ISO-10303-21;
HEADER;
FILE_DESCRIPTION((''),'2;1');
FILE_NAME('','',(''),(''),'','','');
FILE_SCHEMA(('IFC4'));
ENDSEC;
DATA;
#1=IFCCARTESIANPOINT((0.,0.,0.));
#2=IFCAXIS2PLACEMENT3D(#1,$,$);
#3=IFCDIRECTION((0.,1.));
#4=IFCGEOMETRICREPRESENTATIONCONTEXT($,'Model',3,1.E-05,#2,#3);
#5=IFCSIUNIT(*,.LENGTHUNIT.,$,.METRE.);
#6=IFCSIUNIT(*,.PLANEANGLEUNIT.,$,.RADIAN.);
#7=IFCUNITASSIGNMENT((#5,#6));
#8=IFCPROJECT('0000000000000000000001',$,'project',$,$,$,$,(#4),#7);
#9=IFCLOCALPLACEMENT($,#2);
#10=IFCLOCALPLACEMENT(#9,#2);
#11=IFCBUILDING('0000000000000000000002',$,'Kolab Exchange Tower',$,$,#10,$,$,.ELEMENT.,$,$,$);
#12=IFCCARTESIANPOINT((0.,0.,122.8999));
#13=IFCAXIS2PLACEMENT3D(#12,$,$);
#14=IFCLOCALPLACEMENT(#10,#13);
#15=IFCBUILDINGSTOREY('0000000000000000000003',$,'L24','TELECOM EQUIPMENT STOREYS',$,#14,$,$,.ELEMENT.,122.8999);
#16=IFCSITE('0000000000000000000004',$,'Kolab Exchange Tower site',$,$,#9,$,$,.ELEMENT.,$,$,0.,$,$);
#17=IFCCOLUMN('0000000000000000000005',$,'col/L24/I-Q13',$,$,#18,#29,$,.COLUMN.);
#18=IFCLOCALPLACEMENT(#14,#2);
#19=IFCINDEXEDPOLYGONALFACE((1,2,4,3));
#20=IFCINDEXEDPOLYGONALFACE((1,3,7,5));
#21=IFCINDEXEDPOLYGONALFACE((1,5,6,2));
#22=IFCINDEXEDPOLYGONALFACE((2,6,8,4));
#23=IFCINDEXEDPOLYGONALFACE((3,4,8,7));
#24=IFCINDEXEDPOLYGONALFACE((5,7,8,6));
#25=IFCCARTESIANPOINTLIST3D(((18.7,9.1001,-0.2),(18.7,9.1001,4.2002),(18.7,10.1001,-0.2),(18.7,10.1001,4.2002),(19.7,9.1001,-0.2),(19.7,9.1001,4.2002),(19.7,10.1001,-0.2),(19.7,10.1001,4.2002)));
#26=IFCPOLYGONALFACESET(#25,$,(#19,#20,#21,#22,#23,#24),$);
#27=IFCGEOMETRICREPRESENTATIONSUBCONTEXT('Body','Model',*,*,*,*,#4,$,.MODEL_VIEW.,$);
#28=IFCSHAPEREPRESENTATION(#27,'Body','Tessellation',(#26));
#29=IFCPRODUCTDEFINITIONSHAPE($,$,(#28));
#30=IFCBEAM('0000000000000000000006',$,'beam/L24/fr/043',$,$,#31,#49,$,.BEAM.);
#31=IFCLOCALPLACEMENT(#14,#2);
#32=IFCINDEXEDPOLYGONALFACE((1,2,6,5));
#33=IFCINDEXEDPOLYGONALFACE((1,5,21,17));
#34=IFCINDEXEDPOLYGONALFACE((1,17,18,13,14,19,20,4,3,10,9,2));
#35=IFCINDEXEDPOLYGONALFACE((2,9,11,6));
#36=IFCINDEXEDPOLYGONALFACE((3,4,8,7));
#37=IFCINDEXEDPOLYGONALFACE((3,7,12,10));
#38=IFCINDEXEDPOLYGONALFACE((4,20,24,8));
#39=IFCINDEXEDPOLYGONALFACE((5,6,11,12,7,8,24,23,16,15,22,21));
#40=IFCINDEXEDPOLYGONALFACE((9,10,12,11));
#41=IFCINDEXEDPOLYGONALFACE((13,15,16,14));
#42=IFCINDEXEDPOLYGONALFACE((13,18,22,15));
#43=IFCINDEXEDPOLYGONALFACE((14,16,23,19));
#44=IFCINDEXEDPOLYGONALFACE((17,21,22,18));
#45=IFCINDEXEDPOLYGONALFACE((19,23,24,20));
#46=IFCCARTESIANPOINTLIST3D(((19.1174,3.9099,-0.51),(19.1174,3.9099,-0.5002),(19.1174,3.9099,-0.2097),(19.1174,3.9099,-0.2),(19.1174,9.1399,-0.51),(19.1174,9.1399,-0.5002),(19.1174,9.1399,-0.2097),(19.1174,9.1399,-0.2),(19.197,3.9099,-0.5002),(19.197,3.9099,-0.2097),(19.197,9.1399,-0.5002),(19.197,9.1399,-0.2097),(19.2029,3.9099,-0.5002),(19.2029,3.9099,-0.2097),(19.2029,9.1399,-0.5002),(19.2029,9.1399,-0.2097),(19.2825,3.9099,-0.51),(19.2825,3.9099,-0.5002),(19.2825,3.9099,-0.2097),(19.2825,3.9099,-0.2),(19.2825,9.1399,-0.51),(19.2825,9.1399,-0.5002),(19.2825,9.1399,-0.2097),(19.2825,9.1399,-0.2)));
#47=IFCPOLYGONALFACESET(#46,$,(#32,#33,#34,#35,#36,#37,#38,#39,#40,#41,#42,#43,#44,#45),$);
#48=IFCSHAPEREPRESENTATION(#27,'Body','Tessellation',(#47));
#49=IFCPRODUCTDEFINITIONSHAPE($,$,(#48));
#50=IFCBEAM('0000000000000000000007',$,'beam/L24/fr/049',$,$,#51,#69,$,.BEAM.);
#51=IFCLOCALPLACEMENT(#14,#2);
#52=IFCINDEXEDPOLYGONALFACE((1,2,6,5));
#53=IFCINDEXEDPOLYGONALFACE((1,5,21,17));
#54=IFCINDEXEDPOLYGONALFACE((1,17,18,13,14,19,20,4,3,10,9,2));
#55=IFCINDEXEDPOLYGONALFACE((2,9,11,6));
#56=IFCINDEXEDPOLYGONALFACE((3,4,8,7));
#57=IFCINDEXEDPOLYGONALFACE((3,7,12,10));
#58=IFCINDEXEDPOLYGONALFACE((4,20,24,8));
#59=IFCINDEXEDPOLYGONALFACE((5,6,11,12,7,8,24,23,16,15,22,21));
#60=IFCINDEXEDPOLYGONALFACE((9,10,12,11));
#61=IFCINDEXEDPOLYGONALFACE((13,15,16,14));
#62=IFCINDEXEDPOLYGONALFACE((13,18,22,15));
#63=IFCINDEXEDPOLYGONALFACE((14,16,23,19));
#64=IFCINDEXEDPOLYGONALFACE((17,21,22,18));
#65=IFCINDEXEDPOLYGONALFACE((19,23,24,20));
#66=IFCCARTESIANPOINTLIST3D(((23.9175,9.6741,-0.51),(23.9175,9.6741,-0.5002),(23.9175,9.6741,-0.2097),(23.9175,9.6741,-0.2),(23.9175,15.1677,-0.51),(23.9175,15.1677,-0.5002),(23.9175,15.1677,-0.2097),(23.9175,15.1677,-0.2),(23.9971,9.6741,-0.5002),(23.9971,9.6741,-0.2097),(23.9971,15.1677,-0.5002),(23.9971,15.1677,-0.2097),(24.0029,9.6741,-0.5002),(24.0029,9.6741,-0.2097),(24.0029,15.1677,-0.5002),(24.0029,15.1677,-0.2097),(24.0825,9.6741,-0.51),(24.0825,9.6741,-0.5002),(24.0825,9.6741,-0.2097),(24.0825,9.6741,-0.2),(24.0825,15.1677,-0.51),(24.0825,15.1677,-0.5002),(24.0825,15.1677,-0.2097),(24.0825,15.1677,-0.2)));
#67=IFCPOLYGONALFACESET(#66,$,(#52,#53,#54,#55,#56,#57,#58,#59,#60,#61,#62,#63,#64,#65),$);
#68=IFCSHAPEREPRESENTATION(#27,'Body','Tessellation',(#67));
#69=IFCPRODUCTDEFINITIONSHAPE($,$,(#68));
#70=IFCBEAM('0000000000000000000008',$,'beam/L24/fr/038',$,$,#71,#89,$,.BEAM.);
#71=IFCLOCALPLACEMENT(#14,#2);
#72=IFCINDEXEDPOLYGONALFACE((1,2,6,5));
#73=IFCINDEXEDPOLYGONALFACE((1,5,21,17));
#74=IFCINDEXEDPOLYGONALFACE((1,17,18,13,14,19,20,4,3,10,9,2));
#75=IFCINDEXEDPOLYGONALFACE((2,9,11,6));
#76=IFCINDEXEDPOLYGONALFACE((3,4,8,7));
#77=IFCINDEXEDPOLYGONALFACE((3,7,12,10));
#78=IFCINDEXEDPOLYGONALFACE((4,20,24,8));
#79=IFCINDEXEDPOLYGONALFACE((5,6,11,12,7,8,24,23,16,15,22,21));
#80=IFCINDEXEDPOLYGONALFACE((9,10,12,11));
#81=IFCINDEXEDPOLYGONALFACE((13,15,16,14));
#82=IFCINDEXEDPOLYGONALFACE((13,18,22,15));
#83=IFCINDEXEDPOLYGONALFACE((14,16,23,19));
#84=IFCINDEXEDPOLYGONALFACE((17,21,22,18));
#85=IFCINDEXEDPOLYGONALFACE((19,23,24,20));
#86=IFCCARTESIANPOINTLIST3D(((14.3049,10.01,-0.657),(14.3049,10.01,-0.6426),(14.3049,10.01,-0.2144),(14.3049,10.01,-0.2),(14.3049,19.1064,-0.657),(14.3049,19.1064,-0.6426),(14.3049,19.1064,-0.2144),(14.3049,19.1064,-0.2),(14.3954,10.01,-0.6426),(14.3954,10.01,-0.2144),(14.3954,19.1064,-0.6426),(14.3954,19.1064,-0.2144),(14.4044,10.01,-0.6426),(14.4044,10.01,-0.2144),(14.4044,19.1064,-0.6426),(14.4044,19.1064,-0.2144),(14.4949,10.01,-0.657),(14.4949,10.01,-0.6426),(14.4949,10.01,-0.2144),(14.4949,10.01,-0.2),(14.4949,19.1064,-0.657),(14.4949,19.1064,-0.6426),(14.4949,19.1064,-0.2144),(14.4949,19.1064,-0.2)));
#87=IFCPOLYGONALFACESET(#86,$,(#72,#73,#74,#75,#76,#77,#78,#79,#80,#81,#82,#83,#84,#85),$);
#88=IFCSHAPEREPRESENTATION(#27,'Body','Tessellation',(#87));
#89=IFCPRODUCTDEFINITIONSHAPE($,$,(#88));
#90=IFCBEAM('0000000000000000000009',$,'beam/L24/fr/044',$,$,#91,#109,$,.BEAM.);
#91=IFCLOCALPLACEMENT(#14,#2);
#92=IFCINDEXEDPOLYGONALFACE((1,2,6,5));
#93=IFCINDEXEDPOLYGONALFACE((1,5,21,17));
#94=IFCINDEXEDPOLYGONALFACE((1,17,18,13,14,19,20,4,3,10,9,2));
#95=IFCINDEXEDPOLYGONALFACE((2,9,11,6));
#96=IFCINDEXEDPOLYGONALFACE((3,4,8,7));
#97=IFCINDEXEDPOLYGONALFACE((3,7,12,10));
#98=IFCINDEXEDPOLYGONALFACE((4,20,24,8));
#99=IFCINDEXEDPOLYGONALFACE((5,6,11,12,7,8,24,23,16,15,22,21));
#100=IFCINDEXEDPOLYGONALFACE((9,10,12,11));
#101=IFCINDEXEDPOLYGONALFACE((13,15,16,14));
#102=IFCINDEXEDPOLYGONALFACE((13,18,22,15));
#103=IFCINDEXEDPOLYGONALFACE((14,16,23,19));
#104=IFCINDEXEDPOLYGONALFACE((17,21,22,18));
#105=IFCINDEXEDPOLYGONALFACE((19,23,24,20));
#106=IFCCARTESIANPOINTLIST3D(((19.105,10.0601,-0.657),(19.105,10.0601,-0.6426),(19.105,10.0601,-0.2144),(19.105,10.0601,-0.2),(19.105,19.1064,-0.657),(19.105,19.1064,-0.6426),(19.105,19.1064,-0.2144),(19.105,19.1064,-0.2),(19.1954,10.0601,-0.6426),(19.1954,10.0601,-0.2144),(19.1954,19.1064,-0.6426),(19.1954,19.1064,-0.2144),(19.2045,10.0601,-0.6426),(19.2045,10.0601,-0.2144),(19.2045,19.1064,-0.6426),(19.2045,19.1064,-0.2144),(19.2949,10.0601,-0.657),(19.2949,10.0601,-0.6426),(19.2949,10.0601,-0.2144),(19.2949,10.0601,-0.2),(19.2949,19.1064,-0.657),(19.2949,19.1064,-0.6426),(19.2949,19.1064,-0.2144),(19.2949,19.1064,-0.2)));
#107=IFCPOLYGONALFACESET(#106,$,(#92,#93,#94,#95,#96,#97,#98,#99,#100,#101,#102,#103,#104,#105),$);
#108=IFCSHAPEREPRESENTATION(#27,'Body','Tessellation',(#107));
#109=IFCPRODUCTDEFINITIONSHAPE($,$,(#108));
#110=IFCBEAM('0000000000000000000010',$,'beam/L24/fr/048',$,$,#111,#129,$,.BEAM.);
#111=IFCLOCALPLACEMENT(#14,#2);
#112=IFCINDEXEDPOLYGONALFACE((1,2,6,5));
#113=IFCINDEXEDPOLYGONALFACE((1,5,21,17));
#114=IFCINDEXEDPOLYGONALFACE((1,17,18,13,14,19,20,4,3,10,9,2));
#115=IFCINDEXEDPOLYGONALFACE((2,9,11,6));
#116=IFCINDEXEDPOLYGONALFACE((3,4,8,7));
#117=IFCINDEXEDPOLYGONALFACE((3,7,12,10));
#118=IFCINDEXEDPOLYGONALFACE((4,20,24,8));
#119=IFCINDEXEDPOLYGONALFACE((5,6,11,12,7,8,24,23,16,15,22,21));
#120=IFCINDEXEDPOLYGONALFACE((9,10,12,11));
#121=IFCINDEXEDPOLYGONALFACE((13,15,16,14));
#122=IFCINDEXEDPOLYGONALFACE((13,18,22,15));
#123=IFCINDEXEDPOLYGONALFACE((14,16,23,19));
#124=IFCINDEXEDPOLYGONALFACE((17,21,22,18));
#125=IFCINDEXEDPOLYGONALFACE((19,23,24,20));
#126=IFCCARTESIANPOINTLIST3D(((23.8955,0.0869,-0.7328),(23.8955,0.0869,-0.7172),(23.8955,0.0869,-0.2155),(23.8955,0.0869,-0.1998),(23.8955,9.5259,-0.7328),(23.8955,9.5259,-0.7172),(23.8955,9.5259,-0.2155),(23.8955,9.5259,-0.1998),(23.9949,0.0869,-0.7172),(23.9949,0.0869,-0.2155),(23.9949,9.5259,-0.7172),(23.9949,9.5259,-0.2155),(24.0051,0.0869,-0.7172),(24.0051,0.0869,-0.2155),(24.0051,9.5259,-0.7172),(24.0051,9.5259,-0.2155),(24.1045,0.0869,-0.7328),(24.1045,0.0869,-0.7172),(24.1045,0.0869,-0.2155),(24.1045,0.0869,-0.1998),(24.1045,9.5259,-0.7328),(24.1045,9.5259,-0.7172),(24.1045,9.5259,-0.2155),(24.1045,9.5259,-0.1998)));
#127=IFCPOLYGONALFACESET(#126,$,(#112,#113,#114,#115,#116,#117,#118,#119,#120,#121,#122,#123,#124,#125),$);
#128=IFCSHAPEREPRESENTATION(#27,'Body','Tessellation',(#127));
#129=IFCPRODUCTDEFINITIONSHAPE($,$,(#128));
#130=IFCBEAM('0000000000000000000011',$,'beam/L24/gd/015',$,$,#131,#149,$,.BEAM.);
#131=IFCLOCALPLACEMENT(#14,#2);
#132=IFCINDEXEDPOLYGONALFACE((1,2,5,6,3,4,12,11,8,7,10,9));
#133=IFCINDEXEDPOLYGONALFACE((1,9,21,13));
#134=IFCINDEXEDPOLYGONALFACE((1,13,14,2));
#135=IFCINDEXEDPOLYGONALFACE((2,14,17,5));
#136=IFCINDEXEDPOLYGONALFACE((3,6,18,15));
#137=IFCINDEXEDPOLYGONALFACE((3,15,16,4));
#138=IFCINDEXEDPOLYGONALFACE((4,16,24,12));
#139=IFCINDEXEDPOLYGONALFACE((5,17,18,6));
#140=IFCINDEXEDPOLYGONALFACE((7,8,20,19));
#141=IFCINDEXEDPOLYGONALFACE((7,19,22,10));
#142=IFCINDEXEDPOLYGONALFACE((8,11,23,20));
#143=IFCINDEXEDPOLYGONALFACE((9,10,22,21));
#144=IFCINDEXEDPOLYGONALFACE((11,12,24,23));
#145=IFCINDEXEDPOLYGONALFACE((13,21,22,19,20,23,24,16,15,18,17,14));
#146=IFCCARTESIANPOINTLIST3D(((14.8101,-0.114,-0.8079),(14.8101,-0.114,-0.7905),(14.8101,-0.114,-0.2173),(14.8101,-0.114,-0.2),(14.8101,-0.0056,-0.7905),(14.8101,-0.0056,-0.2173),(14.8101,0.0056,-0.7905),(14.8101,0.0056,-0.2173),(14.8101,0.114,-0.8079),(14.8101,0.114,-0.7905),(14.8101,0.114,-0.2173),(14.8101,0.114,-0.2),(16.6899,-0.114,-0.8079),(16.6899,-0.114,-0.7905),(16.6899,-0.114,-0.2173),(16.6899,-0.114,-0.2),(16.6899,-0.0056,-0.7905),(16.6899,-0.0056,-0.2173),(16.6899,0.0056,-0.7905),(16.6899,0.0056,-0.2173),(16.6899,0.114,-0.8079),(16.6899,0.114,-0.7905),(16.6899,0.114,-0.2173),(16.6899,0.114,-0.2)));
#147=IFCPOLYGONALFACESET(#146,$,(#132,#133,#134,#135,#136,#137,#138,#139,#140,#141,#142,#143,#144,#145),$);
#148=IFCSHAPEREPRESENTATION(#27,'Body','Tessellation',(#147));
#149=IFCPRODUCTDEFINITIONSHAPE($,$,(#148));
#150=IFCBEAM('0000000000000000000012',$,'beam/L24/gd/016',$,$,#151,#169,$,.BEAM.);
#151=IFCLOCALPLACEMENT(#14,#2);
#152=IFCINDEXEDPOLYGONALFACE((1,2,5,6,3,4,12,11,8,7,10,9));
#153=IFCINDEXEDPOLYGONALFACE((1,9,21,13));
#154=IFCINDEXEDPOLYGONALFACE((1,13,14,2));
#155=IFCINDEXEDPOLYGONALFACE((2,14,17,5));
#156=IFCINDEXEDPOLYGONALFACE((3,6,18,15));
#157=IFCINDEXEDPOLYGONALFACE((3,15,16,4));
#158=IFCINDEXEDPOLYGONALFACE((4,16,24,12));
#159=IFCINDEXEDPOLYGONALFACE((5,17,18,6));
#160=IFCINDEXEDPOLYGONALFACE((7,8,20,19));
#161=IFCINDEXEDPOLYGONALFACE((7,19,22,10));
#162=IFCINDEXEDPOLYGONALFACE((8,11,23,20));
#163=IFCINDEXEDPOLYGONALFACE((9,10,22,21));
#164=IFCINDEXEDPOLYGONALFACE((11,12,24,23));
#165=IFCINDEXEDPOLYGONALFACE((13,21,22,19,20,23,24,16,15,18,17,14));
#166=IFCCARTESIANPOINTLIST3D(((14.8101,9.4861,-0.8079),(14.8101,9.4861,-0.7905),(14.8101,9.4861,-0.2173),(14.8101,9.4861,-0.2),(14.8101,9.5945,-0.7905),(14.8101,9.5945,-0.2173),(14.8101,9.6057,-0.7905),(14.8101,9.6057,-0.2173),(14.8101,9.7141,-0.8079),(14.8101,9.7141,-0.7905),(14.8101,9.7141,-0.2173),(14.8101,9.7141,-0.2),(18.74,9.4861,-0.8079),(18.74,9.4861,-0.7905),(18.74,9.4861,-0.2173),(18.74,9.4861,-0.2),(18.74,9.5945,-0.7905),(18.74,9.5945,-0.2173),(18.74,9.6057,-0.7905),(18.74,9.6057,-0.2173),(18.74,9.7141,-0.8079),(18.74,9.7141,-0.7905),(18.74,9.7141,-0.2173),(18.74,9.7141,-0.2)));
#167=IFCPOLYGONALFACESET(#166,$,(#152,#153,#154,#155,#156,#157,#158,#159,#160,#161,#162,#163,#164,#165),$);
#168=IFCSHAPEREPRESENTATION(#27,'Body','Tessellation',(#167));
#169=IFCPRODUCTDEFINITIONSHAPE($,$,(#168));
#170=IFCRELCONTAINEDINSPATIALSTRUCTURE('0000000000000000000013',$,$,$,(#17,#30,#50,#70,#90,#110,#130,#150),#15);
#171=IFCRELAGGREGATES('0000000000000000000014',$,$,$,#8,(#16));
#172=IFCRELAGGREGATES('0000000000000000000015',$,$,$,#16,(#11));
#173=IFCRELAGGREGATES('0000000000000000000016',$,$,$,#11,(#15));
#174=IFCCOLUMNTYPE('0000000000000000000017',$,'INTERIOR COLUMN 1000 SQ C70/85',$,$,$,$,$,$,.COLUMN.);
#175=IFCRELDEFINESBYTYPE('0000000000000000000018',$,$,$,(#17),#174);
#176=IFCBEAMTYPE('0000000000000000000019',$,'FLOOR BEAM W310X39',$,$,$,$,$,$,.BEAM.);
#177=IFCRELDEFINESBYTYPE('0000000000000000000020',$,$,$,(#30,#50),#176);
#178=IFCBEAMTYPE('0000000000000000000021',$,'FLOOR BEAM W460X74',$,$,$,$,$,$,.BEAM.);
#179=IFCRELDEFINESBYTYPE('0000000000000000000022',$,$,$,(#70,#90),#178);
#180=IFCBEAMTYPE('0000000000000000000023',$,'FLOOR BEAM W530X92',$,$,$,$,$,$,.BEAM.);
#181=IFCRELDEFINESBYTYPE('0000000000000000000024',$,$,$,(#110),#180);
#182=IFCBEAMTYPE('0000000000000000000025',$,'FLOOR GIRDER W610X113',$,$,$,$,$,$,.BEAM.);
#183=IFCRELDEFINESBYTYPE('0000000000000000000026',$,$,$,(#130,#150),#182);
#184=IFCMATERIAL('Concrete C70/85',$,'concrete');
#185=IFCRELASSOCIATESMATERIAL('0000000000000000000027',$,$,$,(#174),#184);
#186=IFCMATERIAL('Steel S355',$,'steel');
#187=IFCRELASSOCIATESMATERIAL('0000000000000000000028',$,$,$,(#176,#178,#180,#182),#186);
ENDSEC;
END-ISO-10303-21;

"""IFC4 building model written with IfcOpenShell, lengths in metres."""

from ifc_helpers import new_model, si_unit, direction, frame, origin, origin_2d, place, context, subcontext, project, spatial, rectangle, i_section, extrude, material, material_profile, profile_set, type_object, element, save


model = new_model("IFC4")

# Units and contexts
model_context = context("Model", 3, precision=1e-05, world=origin(), true_north=direction((0.0, 1.0)))
body_context = subcontext(model_context, "Body", "Model", "MODEL_VIEW")
ifc_project = project(units=[si_unit("LENGTHUNIT", "METRE"), si_unit("PLANEANGLEUNIT", "RADIAN")], contexts=[model_context])

# Site, building, storey
site_placement = place(None, origin())
site = spatial("IfcSite", under=ifc_project, at=site_placement, Name="Kolab Exchange Tower site", CompositionType="ELEMENT", RefElevation=0.0)
building_placement = place(site_placement, origin())
building = spatial("IfcBuilding", under=site, at=building_placement, Name="Kolab Exchange Tower", CompositionType="ELEMENT")
storey_placement = place(building_placement, frame((0.0, 0.0, 122.8999)))
storey = spatial("IfcBuildingStorey", under=building, at=storey_placement, Name="L24", Description="TELECOM EQUIPMENT STOREYS", CompositionType="ELEMENT", Elevation=122.8999)

# Column
ifc_material_1 = material(Name="Concrete C70/85", Category="concrete")
ifc_material_profile_1 = material_profile(ifc_material_1, rectangle(XDim=1.0, YDim=1.0, at=origin_2d()), Name="RC1000")
ifc_profile_set_1 = profile_set([ifc_material_profile_1], Name="Concrete C70/85")
column_type = type_object("IfcColumnType", Name="INTERIOR COLUMN 1000 SQ C70/85", PredefinedType="COLUMN", material=ifc_profile_set_1)
column_placement = place(storey_placement, frame((19.2, 9.6001, -0.2), z_axis=(0.0, 0.0, 1.0), x_axis=(1.0, 0.0, 0.0)))
element("IfcColumn", 1, at=column_placement, inside=storey, type_object=column_type, Name="col/L24/I-Q13", PredefinedType="COLUMN", context=body_context, shape_type="SweptSolid", body=[
    extrude(rectangle(XDim=1.0, YDim=1.0, at=origin_2d()), origin(), (0.0, 0.0, 1.0), 4.4001),
])

# Beams
ifc_material_2 = material(Name="Steel S355", Category="steel")
ifc_material_profile_2 = material_profile(ifc_material_2, i_section(OverallWidth=0.165, OverallDepth=0.3101, WebThickness=0.0059, FlangeThickness=0.0098, at=origin_2d()), Name="W310X39")
ifc_profile_set_2 = profile_set([ifc_material_profile_2], Name="Steel S355")
beam_type_1 = type_object("IfcBeamType", Name="FLOOR BEAM W310X39", PredefinedType="BEAM", material=ifc_profile_set_2)
beam_1_placement = place(storey_placement, frame((19.2, 3.9099, -0.355), z_axis=(0.0, 1.0, 0.0), x_axis=(-1.0, 0.0, 0.0)))
element("IfcBeam", 2, at=beam_1_placement, inside=storey, type_object=beam_type_1, Name="beam/L24/fr/043", PredefinedType="BEAM", context=body_context, shape_type="SweptSolid", body=[
    extrude(i_section(OverallWidth=0.165, OverallDepth=0.3101, WebThickness=0.0059, FlangeThickness=0.0098, at=origin_2d()), origin(), (0.0, 0.0, 1.0), 5.23),
])
beam_2_placement = place(storey_placement, frame((24.0, 9.6741, -0.355), z_axis=(0.0, 1.0, 0.0), x_axis=(-1.0, 0.0, 0.0)))
element("IfcBeam", 3, at=beam_2_placement, inside=storey, type_object=beam_type_1, Name="beam/L24/fr/049", PredefinedType="BEAM", context=body_context, shape_type="SweptSolid", body=[
    extrude(i_section(OverallWidth=0.165, OverallDepth=0.3101, WebThickness=0.0059, FlangeThickness=0.0098, at=origin_2d()), origin(), (0.0, 0.0, 1.0), 5.4937),
])
ifc_material_profile_3 = material_profile(ifc_material_2, i_section(OverallWidth=0.1899, OverallDepth=0.457, WebThickness=0.009, FlangeThickness=0.0144, at=origin_2d()), Name="W460X74")
ifc_profile_set_3 = profile_set([ifc_material_profile_3], Name="Steel S355")
beam_type_2 = type_object("IfcBeamType", Name="FLOOR BEAM W460X74", PredefinedType="BEAM", material=ifc_profile_set_3)
beam_3_placement = place(storey_placement, frame((14.3999, 10.01, -0.4285), z_axis=(0.0, 1.0, 0.0), x_axis=(-1.0, 0.0, 0.0)))
element("IfcBeam", 4, at=beam_3_placement, inside=storey, type_object=beam_type_2, Name="beam/L24/fr/038", PredefinedType="BEAM", context=body_context, shape_type="SweptSolid", body=[
    extrude(i_section(OverallWidth=0.1899, OverallDepth=0.457, WebThickness=0.009, FlangeThickness=0.0144, at=origin_2d()), origin(), (0.0, 0.0, 1.0), 9.0964),
])
beam_4_placement = place(storey_placement, frame((19.2, 10.0601, -0.4285), z_axis=(0.0, 1.0, 0.0), x_axis=(-1.0, 0.0, 0.0)))
element("IfcBeam", 5, at=beam_4_placement, inside=storey, type_object=beam_type_2, Name="beam/L24/fr/044", PredefinedType="BEAM", context=body_context, shape_type="SweptSolid", body=[
    extrude(i_section(OverallWidth=0.1899, OverallDepth=0.457, WebThickness=0.009, FlangeThickness=0.0144, at=origin_2d()), origin(), (0.0, 0.0, 1.0), 9.0464),
])
ifc_material_profile_4 = material_profile(ifc_material_2, i_section(OverallWidth=0.209, OverallDepth=0.533, WebThickness=0.0103, FlangeThickness=0.0156, at=origin_2d()), Name="W530X92")
ifc_profile_set_4 = profile_set([ifc_material_profile_4], Name="Steel S355")
beam_type_3 = type_object("IfcBeamType", Name="FLOOR BEAM W530X92", PredefinedType="BEAM", material=ifc_profile_set_4)
beam_5_placement = place(storey_placement, frame((24.0, 0.0869, -0.4663), z_axis=(0.0, 1.0, 0.0), x_axis=(-1.0, 0.0, 0.0)))
element("IfcBeam", 6, at=beam_5_placement, inside=storey, type_object=beam_type_3, Name="beam/L24/fr/048", PredefinedType="BEAM", context=body_context, shape_type="SweptSolid", body=[
    extrude(i_section(OverallWidth=0.209, OverallDepth=0.533, WebThickness=0.0103, FlangeThickness=0.0156, at=origin_2d()), origin(), (0.0, 0.0, 1.0), 9.439),
])
ifc_material_profile_5 = material_profile(ifc_material_2, i_section(OverallWidth=0.228, OverallDepth=0.6079, WebThickness=0.0112, FlangeThickness=0.0173, at=origin_2d()), Name="W610X113")
ifc_profile_set_5 = profile_set([ifc_material_profile_5], Name="Steel S355")
beam_type_4 = type_object("IfcBeamType", Name="FLOOR GIRDER W610X113", PredefinedType="BEAM", material=ifc_profile_set_5)
beam_6_placement = place(storey_placement, frame((14.8101, 0.0, -0.5039), z_axis=(1.0, 0.0, 0.0), x_axis=(0.0, 1.0, 0.0)))
element("IfcBeam", 7, at=beam_6_placement, inside=storey, type_object=beam_type_4, Name="beam/L24/gd/015", PredefinedType="BEAM", context=body_context, shape_type="SweptSolid", body=[
    extrude(i_section(OverallWidth=0.228, OverallDepth=0.6079, WebThickness=0.0112, FlangeThickness=0.0173, at=origin_2d()), origin(), (0.0, 0.0, 1.0), 1.8799),
])
beam_7_placement = place(storey_placement, frame((14.8101, 9.6001, -0.5039), z_axis=(1.0, 0.0, 0.0), x_axis=(0.0, 1.0, 0.0)))
element("IfcBeam", 8, at=beam_7_placement, inside=storey, type_object=beam_type_4, Name="beam/L24/gd/016", PredefinedType="BEAM", context=body_context, shape_type="SweptSolid", body=[
    extrude(i_section(OverallWidth=0.228, OverallDepth=0.6079, WebThickness=0.0112, FlangeThickness=0.0173, at=origin_2d()), origin(), (0.0, 0.0, 1.0), 3.9299),
])

save(model, "model.ifc")
